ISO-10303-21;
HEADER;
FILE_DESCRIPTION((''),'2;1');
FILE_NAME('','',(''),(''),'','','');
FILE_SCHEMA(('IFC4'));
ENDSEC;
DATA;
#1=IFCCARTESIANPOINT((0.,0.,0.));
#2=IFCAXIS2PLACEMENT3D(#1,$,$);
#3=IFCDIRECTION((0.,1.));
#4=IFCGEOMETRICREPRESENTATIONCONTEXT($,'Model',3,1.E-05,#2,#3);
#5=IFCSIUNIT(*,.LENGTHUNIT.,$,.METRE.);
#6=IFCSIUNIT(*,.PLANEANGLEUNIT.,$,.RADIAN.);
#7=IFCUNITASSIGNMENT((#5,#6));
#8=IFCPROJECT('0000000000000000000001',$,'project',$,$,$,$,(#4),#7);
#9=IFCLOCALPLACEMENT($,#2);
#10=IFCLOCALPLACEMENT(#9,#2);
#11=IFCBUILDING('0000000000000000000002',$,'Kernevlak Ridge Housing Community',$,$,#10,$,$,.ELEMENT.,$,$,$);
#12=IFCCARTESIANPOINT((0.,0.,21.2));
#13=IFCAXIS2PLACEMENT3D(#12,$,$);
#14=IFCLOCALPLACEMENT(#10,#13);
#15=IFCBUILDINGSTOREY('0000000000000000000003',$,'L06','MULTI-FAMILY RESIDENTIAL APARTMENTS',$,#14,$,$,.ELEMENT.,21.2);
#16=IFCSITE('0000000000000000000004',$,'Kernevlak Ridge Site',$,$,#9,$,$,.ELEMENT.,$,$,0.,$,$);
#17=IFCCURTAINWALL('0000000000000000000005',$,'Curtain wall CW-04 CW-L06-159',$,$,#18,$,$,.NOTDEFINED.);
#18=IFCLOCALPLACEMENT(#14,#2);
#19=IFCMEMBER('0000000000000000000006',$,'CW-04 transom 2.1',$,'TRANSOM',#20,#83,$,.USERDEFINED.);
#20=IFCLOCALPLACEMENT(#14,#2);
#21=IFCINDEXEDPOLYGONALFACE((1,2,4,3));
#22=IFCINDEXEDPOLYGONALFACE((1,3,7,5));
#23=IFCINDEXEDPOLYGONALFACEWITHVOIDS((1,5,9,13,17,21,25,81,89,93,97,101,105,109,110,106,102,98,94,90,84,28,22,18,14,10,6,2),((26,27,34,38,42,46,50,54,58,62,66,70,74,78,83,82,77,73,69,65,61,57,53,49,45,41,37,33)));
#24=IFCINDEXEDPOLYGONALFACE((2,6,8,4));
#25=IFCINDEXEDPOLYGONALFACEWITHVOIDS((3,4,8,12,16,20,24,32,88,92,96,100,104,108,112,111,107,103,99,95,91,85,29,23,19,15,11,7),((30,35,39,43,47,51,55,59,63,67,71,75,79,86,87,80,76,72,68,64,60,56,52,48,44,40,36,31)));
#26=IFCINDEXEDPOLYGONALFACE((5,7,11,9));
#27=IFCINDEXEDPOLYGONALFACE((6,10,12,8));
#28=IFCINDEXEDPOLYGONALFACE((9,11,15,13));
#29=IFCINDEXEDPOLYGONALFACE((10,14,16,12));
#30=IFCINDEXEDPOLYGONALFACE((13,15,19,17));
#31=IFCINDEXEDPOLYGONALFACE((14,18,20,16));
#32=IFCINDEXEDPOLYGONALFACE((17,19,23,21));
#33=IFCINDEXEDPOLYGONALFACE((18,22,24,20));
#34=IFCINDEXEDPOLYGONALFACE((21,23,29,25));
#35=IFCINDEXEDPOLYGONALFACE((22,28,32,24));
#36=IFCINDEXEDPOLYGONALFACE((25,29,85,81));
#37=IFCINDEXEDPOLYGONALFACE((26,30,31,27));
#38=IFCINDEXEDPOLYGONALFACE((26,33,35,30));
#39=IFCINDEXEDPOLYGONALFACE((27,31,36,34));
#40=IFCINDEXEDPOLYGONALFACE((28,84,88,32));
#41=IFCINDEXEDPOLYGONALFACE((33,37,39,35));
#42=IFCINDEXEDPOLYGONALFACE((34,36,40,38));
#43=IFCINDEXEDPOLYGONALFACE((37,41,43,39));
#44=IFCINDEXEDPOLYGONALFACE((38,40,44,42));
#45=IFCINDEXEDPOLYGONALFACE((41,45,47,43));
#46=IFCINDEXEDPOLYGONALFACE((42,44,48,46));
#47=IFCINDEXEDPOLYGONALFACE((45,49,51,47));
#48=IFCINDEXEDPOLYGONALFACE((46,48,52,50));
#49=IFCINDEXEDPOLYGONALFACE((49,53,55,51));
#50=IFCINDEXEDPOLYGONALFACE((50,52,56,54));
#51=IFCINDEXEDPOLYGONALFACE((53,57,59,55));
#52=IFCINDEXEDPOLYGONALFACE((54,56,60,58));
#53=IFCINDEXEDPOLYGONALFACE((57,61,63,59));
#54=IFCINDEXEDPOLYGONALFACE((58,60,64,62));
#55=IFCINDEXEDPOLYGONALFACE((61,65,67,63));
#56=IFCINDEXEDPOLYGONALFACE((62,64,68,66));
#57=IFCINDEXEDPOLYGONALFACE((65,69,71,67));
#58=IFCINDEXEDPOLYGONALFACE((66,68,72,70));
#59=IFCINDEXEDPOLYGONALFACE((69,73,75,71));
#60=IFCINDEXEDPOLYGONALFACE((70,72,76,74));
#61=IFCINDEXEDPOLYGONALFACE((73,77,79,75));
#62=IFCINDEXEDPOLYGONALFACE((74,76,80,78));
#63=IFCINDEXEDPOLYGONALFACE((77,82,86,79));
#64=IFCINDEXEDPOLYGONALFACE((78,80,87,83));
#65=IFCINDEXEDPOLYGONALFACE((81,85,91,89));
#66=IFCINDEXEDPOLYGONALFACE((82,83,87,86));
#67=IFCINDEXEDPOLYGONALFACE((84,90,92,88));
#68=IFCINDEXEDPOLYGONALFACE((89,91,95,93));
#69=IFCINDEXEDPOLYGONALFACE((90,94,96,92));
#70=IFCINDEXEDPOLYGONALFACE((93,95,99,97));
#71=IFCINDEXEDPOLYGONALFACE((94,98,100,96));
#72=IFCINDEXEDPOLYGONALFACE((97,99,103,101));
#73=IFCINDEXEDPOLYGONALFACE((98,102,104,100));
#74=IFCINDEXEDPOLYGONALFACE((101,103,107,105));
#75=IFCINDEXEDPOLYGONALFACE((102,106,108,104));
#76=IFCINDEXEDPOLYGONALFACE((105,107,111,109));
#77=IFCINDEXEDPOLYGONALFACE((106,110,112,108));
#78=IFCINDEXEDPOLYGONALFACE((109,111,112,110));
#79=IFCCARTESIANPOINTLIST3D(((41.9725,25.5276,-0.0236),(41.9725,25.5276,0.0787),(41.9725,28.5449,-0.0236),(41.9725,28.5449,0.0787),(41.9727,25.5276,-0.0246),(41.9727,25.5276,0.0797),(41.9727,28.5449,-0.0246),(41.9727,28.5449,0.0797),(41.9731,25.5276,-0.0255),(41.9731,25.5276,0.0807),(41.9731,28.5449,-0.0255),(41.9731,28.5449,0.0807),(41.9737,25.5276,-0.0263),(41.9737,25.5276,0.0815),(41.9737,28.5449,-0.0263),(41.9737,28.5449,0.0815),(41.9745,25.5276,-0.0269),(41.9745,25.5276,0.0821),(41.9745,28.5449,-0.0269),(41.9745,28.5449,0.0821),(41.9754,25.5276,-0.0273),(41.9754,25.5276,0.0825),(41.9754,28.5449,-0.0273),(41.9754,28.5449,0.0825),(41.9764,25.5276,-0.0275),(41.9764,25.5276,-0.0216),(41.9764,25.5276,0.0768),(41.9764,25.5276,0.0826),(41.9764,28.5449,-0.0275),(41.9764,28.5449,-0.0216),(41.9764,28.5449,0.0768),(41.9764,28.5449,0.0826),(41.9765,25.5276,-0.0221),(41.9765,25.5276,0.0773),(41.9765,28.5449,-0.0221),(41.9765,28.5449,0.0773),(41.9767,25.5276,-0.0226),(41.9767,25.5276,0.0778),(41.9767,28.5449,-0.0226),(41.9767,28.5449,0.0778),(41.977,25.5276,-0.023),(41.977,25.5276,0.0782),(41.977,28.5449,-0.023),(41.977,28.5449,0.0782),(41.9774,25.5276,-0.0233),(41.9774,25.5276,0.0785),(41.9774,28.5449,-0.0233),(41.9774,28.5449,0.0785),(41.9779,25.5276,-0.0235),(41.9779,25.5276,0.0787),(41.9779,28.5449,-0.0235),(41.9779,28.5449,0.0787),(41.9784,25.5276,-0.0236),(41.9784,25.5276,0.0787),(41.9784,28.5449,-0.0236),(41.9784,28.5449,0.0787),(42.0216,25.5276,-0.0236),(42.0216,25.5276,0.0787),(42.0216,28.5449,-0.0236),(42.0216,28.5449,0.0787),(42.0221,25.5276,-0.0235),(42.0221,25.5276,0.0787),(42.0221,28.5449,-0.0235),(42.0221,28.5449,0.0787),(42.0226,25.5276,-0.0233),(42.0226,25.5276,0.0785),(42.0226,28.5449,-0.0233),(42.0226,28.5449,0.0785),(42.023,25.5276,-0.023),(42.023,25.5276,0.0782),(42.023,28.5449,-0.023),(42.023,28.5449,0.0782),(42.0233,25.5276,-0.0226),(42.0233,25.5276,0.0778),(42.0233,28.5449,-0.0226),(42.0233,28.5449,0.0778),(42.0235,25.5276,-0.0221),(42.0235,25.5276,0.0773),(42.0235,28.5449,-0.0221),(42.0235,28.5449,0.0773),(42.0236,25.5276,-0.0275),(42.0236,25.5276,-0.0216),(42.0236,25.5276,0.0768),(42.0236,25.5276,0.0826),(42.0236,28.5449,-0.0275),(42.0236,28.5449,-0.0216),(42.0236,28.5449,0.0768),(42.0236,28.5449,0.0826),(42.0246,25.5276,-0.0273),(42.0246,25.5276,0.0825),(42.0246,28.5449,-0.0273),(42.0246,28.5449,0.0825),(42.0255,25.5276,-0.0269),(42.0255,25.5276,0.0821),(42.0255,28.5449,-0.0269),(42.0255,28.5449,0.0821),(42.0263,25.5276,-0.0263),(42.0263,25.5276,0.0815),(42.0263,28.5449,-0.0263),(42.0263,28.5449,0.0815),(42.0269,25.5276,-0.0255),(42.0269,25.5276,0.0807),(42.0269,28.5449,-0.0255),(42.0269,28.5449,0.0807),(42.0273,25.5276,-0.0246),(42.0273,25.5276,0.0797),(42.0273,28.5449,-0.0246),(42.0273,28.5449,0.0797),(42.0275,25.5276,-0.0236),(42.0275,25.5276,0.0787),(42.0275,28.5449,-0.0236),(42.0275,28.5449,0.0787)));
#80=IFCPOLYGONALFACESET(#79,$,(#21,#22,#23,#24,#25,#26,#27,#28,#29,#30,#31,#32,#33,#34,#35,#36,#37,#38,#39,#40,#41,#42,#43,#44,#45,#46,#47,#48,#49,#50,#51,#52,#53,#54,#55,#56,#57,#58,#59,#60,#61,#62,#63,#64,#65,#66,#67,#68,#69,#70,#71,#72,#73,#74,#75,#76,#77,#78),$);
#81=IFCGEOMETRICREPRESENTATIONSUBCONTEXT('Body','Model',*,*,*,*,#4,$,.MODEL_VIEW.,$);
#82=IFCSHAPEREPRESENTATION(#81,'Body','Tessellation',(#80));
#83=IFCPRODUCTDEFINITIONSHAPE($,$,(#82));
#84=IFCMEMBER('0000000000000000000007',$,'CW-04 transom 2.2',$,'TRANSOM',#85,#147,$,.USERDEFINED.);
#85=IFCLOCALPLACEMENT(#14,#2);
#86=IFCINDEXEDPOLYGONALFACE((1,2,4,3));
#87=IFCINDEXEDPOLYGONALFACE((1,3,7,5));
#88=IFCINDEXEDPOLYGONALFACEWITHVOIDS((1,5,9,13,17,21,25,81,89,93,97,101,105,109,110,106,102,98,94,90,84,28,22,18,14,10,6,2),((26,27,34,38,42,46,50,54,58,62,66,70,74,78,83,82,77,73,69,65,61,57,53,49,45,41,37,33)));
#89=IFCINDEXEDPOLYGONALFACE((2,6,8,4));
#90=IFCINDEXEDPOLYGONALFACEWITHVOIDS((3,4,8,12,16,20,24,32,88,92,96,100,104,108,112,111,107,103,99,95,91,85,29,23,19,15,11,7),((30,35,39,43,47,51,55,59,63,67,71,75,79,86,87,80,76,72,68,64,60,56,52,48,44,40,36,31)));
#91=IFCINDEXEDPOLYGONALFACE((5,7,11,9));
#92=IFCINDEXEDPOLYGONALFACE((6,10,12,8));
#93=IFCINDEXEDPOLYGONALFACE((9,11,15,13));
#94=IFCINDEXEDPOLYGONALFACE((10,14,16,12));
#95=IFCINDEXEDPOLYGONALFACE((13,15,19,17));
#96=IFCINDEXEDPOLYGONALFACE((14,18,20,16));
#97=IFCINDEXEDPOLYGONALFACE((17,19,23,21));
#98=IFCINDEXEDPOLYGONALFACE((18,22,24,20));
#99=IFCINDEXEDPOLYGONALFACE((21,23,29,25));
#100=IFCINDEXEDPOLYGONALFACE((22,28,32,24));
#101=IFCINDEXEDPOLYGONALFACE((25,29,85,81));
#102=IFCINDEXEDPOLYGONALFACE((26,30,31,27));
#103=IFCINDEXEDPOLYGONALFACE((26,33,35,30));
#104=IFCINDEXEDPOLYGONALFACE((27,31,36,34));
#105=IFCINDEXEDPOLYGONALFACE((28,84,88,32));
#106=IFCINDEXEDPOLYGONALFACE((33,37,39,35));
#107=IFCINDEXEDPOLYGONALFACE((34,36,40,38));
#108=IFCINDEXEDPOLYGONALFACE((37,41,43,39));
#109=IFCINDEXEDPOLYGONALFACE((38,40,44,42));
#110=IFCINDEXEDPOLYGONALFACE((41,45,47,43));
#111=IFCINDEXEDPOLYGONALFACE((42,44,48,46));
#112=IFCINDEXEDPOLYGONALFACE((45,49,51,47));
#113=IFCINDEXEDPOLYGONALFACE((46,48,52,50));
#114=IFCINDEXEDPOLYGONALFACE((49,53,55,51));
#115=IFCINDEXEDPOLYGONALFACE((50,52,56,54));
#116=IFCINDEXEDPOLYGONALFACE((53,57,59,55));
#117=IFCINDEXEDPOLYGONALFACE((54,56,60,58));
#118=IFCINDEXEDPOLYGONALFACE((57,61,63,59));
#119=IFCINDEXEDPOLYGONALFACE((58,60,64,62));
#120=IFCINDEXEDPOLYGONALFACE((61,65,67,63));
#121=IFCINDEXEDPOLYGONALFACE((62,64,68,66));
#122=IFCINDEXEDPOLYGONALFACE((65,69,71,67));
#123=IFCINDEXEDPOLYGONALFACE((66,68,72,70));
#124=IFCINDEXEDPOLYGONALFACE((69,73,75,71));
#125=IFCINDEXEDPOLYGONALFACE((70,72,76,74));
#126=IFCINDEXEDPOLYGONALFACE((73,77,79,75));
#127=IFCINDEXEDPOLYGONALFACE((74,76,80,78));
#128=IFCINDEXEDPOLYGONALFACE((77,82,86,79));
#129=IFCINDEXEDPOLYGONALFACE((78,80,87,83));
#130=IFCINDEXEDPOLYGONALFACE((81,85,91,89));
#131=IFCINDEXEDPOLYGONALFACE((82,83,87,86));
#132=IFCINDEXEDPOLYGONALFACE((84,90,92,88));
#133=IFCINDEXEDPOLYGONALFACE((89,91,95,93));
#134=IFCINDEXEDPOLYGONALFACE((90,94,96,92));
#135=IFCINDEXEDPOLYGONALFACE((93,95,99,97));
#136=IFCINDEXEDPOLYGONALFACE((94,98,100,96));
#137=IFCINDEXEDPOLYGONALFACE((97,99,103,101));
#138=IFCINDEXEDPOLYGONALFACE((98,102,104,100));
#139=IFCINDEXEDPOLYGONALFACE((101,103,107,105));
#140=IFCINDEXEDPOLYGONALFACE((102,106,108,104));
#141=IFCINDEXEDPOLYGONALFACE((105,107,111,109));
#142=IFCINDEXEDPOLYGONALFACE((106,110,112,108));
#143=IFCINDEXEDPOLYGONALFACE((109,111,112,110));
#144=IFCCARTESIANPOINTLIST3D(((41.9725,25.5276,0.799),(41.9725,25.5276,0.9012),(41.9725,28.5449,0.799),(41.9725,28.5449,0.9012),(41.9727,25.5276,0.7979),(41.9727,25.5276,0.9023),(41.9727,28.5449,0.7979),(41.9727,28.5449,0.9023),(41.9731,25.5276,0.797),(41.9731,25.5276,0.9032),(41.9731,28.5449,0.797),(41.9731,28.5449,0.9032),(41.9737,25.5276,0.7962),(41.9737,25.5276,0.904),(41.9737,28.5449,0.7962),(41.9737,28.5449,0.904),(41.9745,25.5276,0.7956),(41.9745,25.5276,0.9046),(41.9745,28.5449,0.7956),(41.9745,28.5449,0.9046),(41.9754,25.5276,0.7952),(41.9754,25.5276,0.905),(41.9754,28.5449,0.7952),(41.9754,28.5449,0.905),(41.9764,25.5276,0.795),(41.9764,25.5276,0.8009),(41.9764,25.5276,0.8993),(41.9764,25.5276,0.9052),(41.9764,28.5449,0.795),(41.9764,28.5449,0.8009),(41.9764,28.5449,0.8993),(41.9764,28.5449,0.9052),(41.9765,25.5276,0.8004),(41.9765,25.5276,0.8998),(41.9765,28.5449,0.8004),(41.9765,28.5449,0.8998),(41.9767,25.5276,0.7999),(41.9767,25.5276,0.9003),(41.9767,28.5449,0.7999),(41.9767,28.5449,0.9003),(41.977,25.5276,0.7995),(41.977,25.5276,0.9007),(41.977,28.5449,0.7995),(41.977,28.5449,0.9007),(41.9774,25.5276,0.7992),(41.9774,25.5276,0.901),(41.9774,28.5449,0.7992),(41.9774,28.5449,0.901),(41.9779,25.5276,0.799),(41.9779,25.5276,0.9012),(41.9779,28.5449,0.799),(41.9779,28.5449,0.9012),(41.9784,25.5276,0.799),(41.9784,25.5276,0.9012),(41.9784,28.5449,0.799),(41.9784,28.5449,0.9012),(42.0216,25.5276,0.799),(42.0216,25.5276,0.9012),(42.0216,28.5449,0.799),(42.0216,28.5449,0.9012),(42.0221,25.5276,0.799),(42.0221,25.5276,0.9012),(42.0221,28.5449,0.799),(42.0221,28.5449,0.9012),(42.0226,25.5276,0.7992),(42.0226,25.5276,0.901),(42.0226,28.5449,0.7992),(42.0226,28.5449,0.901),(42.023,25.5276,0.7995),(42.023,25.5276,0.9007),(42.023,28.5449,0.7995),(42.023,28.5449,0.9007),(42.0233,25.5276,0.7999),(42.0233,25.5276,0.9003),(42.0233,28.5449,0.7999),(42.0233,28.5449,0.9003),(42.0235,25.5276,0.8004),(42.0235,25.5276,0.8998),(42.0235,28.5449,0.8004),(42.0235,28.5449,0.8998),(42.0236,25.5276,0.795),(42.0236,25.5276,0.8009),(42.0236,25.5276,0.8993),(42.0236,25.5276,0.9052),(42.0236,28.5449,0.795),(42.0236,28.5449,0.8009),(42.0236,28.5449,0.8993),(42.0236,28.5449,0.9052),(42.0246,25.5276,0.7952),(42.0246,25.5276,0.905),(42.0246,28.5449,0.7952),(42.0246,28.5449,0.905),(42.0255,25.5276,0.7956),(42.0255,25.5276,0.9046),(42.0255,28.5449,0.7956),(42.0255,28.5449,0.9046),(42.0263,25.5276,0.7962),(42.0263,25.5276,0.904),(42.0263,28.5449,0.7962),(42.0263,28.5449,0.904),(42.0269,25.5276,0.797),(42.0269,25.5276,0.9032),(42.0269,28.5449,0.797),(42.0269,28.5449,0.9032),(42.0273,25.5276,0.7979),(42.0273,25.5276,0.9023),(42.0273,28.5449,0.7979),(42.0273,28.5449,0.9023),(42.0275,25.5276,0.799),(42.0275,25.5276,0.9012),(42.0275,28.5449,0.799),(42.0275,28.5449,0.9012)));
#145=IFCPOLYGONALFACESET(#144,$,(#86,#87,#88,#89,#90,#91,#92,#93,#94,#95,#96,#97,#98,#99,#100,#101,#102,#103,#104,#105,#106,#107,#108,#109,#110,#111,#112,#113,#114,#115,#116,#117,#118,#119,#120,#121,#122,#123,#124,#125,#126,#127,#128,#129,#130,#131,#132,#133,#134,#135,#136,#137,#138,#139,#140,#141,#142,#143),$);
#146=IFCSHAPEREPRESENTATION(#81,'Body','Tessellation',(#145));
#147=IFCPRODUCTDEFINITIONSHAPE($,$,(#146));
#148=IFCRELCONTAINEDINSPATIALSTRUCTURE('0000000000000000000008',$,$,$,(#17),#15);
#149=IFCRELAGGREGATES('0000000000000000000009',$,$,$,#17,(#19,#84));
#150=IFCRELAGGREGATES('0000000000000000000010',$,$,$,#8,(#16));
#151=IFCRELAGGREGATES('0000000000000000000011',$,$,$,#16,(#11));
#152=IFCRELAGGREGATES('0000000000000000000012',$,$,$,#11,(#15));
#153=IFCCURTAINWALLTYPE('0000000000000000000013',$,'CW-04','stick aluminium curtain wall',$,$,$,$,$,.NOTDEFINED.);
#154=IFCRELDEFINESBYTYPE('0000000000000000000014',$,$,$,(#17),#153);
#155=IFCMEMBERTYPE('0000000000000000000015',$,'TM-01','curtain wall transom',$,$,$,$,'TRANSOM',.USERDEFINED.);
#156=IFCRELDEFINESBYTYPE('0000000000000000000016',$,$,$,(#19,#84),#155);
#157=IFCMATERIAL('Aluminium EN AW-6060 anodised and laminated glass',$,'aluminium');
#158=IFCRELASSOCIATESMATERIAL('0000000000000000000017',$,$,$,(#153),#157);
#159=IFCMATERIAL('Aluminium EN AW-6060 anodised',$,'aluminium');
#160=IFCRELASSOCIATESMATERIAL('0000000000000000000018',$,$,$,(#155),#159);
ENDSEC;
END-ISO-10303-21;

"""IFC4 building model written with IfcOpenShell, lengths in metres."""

from ifc_helpers import new_model, si_unit, direction, frame, origin, origin_2d, place, context, subcontext, project, spatial, hollow_rectangle, extrude, material, material_profile, profile_set, type_object, element, aggregate, save


model = new_model("IFC4")

# Units and contexts
model_context = context("Model", 3, precision=1e-05, world=origin(), true_north=direction((0.0, 1.0)))
body_context = subcontext(model_context, "Body", "Model", "MODEL_VIEW")
ifc_project = project(units=[si_unit("LENGTHUNIT", "METRE"), si_unit("PLANEANGLEUNIT", "RADIAN")], contexts=[model_context])

# Site, building, storey
site_placement = place(None, origin())
site = spatial("IfcSite", under=ifc_project, at=site_placement, Name="Kernevlak Ridge Site", CompositionType="ELEMENT", RefElevation=0.0)
building_placement = place(site_placement, origin())
building = spatial("IfcBuilding", under=site, at=building_placement, Name="Kernevlak Ridge Housing Community", CompositionType="ELEMENT")
storey_placement = place(building_placement, frame((0.0, 0.0, 21.2)))
storey = spatial("IfcBuildingStorey", under=building, at=storey_placement, Name="L06", Description="MULTI-FAMILY RESIDENTIAL APARTMENTS", CompositionType="ELEMENT", Elevation=21.2)

# Curtain wall
ifc_material_1 = material(Name="Aluminium EN AW-6060 anodised and laminated glass", Category="aluminium")
curtain_wall_type = type_object("IfcCurtainWallType", Name="CW-04", Description="stick aluminium curtain wall", PredefinedType="NOTDEFINED", material=ifc_material_1)
curtain_wall_placement = place(storey_placement, origin())
curtain_wall = element("IfcCurtainWall", 1, at=curtain_wall_placement, inside=storey, type_object=curtain_wall_type, Name="Curtain wall CW-04 CW-L06-159", PredefinedType="NOTDEFINED")
ifc_material_2 = material(Name="Aluminium EN AW-6060 anodised", Category="aluminium")

# Members
ifc_material_profile_1 = material_profile(ifc_material_2, hollow_rectangle(XDim=0.0549, YDim=0.1101, WallThickness=0.0039, InnerFilletRadius=0.002, OuterFilletRadius=0.0039, at=origin_2d()), Name="ALU 55x110x4")
ifc_profile_set_1 = profile_set([ifc_material_profile_1], Name="Aluminium EN AW-6060 anodised")
member_type_1 = type_object("IfcMemberType", Name="TM-01", Description="curtain wall transom", ElementType="TRANSOM", PredefinedType="USERDEFINED", material=ifc_profile_set_1)
member_1_placement = place(storey_placement, frame((42.0, 25.5276, 0.0276), z_axis=(0.0, 1.0, 0.0), x_axis=(-1.0, 0.0, 0.0)))
member_1 = element("IfcMember", 2, at=member_1_placement, type_object=member_type_1, Name="CW-04 transom 2.1", ObjectType="TRANSOM", PredefinedType="USERDEFINED", context=body_context, shape_type="SweptSolid", body=[
    extrude(hollow_rectangle(XDim=0.0549, YDim=0.1101, WallThickness=0.0039, InnerFilletRadius=0.002, OuterFilletRadius=0.0039, at=origin_2d()), origin(), (0.0, 0.0, 1.0), 3.0173),
])
member_2_placement = place(storey_placement, frame((42.0, 25.5276, 0.8501), z_axis=(0.0, 1.0, 0.0), x_axis=(-1.0, 0.0, 0.0)))
member_2 = element("IfcMember", 3, at=member_2_placement, type_object=member_type_1, Name="CW-04 transom 2.2", ObjectType="TRANSOM", PredefinedType="USERDEFINED", context=body_context, shape_type="SweptSolid", body=[
    extrude(hollow_rectangle(XDim=0.0549, YDim=0.1101, WallThickness=0.0039, InnerFilletRadius=0.002, OuterFilletRadius=0.0039, at=origin_2d()), origin(), (0.0, 0.0, 1.0), 3.0173),
])

aggregate(curtain_wall, [member_1, member_2])

save(model, "model.ifc")
